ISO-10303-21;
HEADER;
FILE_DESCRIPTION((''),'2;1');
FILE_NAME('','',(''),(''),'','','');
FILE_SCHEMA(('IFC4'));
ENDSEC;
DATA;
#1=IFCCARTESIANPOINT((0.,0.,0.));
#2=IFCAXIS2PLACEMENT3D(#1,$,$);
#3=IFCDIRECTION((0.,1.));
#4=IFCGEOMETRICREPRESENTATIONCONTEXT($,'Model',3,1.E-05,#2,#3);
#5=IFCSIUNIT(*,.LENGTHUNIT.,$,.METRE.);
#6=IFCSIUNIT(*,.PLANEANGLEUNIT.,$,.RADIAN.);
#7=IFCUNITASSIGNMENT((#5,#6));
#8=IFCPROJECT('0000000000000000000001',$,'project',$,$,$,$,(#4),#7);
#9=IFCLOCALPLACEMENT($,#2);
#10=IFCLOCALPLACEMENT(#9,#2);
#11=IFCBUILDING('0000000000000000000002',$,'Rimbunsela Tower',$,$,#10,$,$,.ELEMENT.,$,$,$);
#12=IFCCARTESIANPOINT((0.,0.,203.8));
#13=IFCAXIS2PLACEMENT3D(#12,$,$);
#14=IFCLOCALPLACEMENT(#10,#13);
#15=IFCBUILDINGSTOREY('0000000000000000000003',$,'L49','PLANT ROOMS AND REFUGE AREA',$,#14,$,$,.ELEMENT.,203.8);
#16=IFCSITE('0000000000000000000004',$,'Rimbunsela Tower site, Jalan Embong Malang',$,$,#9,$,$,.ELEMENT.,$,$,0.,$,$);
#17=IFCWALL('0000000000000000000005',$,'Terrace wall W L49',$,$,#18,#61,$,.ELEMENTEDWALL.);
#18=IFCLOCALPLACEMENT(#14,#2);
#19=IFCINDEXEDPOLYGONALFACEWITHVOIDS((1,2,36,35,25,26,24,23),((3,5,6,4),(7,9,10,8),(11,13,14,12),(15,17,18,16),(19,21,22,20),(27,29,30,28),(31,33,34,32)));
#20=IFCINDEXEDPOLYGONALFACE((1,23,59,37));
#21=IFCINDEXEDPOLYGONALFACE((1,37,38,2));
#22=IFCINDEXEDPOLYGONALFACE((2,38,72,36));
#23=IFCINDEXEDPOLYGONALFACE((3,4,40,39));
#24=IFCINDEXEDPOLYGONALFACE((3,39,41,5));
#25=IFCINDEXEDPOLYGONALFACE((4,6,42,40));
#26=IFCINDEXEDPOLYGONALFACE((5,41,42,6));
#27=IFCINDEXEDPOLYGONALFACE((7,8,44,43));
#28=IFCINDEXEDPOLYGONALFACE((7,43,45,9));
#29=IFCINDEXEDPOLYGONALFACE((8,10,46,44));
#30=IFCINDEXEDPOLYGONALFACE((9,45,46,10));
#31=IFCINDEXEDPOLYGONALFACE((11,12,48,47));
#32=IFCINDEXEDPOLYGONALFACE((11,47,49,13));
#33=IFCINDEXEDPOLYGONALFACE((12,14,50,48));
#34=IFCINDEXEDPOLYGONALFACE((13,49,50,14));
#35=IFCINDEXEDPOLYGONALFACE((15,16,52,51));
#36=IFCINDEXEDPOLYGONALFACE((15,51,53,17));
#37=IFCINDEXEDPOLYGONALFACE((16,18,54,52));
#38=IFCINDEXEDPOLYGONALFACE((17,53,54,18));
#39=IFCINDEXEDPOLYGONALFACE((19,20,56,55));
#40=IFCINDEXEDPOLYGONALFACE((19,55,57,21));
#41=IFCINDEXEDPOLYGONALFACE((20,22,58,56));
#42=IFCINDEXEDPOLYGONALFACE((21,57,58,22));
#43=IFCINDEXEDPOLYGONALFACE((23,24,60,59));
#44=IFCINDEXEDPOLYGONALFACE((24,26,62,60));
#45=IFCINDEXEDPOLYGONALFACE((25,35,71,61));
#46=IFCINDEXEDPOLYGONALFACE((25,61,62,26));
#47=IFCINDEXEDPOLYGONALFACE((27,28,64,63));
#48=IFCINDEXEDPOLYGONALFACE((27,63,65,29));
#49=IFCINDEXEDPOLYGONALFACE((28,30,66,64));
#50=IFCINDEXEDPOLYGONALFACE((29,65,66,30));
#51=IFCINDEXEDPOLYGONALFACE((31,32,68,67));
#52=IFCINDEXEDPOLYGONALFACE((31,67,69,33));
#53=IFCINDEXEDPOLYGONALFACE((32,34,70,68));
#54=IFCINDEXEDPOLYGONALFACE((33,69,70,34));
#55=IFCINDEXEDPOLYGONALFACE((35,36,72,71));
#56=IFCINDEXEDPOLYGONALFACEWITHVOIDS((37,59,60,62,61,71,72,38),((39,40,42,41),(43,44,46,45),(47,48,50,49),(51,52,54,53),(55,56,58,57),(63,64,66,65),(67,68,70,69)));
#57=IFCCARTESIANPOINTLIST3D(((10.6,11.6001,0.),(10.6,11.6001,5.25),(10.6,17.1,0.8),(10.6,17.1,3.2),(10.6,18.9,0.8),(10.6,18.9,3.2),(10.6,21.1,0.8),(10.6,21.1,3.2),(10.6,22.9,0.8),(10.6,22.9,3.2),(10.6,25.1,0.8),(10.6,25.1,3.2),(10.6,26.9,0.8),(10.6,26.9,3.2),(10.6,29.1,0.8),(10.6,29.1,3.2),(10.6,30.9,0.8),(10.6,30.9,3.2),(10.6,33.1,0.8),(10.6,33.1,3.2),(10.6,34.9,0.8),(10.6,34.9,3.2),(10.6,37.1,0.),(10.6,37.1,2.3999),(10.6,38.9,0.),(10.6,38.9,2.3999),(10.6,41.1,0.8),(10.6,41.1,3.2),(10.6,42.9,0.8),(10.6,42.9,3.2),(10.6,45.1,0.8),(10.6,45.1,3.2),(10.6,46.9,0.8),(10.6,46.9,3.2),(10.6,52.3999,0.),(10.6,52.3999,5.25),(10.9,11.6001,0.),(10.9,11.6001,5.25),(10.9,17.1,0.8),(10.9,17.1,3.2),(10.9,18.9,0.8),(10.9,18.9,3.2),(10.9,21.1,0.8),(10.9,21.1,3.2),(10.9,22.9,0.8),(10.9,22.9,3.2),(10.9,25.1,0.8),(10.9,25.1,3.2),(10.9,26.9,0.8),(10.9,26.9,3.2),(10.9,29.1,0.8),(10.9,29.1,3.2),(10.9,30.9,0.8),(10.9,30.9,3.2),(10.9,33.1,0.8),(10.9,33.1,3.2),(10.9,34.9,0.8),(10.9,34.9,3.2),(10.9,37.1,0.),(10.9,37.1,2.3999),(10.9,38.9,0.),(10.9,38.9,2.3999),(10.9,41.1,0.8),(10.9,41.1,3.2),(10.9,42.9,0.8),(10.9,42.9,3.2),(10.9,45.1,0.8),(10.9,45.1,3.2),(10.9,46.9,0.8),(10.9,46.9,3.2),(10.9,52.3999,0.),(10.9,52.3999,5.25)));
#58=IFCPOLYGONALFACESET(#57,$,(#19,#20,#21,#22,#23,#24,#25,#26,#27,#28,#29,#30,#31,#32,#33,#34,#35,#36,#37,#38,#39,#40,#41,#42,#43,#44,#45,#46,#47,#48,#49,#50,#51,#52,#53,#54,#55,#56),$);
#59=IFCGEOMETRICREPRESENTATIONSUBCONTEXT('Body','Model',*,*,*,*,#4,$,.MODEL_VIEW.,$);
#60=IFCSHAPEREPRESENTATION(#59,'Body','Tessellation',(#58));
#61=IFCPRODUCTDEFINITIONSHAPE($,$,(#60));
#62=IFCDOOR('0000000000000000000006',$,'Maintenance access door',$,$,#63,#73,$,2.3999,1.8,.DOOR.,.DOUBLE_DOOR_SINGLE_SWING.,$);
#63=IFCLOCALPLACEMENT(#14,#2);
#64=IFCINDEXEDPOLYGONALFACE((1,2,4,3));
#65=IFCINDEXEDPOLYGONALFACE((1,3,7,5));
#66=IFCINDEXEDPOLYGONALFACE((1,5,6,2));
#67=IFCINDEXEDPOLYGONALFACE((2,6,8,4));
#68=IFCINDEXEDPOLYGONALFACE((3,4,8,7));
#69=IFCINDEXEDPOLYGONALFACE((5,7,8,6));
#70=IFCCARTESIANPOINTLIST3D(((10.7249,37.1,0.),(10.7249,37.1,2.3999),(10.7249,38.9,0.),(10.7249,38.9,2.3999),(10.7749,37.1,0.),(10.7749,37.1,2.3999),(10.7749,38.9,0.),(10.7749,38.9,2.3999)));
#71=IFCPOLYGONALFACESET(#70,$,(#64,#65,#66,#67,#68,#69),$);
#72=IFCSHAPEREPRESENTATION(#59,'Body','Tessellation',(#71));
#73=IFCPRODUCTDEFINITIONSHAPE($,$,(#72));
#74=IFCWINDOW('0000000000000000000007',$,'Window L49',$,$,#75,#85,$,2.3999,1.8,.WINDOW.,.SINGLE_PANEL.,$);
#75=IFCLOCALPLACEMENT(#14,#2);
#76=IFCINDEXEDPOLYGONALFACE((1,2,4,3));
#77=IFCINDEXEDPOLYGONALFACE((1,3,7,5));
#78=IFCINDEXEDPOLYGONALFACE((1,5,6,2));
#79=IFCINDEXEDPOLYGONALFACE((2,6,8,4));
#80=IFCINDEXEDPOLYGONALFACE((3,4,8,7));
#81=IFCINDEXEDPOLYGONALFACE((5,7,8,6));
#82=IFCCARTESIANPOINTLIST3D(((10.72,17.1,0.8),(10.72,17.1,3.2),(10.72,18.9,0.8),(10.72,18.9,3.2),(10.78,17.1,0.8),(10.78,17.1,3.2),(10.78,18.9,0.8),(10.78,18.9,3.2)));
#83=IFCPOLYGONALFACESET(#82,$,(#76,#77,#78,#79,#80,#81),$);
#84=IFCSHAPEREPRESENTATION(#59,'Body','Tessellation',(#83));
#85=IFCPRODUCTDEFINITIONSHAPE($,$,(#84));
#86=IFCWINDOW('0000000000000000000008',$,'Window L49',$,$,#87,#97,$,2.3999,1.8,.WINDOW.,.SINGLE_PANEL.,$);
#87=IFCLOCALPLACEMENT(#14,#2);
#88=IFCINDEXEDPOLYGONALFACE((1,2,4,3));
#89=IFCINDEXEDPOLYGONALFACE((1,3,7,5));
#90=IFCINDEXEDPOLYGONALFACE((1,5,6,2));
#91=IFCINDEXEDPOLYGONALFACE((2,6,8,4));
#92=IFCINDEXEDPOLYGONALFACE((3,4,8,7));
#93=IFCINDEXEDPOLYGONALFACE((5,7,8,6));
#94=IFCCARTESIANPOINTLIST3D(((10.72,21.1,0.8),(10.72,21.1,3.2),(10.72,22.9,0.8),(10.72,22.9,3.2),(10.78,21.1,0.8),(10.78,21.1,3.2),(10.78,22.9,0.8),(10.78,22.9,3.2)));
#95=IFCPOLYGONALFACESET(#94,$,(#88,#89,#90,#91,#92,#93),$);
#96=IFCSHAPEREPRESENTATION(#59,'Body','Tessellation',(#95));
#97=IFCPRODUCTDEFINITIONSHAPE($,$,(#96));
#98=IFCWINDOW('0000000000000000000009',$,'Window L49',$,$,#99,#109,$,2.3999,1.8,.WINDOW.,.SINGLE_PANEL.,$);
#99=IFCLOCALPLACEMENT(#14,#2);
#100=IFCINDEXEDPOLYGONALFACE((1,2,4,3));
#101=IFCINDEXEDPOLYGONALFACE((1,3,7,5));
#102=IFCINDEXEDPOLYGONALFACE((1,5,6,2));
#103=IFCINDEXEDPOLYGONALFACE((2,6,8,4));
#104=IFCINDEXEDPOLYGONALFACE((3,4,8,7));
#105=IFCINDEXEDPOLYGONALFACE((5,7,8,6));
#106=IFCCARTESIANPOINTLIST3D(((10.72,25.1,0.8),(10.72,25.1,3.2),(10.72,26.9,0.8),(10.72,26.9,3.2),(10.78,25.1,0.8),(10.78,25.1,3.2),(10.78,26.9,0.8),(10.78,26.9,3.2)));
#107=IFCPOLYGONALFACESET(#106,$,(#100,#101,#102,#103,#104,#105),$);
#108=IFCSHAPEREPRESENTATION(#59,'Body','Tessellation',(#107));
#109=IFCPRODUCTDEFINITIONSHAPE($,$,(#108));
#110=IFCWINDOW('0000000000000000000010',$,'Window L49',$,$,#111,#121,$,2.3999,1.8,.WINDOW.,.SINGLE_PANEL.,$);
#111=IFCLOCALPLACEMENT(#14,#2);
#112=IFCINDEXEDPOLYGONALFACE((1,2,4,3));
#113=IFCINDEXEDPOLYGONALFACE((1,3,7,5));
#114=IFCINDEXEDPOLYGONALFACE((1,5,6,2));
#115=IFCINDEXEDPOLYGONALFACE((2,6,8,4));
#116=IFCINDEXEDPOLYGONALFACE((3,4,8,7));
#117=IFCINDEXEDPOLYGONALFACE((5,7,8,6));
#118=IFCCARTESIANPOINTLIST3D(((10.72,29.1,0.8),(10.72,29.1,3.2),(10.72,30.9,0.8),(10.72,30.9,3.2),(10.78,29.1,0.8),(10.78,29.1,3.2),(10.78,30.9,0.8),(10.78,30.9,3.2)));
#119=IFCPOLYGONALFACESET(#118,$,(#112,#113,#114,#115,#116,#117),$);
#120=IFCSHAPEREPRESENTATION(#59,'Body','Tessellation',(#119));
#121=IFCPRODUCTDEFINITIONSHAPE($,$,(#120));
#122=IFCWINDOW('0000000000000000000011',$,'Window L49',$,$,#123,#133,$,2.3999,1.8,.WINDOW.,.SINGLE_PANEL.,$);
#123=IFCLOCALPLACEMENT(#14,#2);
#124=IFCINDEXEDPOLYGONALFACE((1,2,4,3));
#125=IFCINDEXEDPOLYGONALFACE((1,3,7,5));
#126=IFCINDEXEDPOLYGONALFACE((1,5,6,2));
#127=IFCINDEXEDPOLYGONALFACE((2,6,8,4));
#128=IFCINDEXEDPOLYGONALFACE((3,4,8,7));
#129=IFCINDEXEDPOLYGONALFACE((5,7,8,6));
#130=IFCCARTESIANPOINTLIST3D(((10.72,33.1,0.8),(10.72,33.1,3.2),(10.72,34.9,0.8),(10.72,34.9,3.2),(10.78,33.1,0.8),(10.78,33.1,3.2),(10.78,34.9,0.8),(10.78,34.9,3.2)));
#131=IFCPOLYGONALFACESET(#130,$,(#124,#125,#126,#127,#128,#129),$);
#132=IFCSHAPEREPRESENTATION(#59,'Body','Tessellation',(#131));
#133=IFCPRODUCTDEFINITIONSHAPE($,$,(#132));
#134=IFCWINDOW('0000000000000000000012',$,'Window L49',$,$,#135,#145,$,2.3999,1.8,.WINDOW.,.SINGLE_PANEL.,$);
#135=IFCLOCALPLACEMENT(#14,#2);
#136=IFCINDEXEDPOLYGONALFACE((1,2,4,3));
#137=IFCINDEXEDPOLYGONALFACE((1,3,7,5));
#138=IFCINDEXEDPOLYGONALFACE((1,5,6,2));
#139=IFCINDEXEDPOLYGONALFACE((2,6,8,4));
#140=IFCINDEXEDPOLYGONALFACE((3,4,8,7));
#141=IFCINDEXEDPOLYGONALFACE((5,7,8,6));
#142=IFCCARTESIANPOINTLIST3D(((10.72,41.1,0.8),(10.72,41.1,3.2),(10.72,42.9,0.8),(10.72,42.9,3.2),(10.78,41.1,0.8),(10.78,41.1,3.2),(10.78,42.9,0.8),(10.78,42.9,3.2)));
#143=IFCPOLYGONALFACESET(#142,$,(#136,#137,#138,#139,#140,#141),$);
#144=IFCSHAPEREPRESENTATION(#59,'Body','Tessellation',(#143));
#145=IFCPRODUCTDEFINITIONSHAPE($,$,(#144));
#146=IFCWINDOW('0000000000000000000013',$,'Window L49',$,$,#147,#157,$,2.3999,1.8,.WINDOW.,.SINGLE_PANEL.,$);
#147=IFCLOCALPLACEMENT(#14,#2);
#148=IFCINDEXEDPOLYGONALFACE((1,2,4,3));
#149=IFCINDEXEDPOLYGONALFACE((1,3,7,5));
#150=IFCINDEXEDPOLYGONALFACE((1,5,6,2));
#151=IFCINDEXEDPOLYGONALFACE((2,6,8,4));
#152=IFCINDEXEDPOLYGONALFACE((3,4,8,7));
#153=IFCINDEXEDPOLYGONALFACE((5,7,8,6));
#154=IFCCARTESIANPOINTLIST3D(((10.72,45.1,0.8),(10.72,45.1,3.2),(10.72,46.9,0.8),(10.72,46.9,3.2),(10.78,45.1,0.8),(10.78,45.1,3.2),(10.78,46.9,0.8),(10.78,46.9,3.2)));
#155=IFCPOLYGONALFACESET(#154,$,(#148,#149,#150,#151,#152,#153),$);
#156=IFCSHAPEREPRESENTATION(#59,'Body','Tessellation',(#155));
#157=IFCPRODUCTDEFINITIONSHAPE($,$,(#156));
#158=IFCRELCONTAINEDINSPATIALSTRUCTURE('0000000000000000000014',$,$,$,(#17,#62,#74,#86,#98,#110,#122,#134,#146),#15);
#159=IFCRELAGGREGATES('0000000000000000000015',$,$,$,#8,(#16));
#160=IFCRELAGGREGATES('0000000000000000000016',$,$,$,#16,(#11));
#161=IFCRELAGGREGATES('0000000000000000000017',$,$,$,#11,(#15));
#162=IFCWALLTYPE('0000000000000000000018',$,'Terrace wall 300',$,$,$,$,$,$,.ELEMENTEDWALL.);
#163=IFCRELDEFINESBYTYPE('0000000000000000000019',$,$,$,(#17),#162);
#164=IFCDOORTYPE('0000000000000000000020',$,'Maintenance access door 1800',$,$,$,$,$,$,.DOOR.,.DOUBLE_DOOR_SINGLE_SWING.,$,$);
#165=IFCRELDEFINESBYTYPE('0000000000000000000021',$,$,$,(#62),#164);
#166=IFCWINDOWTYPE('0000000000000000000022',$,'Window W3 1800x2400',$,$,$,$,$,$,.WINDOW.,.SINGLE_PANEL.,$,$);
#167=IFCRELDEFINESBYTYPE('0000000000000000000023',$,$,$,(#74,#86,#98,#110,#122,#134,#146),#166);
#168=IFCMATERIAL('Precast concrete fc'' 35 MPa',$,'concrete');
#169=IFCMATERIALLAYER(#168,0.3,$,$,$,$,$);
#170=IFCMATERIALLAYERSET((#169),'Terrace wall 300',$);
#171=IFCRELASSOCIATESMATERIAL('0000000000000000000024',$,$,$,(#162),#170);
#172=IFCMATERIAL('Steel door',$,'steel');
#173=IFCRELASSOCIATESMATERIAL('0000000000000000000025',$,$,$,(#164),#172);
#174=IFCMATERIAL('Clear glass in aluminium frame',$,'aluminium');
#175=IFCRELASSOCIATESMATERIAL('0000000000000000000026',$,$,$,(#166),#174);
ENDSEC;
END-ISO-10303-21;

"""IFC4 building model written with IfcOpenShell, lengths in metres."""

from ifc_helpers import new_model, si_unit, direction, frame, frame_2d, origin, place, context, subcontext, project, spatial, rectangle, extrude, material, layer, layer_set, type_object, element, fill, save


model = new_model("IFC4")

# Units and contexts
model_context = context("Model", 3, precision=1e-05, world=origin(), true_north=direction((0.0, 1.0)))
body_context = subcontext(model_context, "Body", "Model", "MODEL_VIEW")
ifc_project = project(units=[si_unit("LENGTHUNIT", "METRE"), si_unit("PLANEANGLEUNIT", "RADIAN")], contexts=[model_context])

# Site, building, storey
site_placement = place(None, origin())
site = spatial("IfcSite", under=ifc_project, at=site_placement, Name="Rimbunsela Tower site, Jalan Embong Malang", CompositionType="ELEMENT", RefElevation=0.0)
building_placement = place(site_placement, origin())
building = spatial("IfcBuilding", under=site, at=building_placement, Name="Rimbunsela Tower", CompositionType="ELEMENT")
storey_placement = place(building_placement, frame((0.0, 0.0, 203.8)))
storey = spatial("IfcBuildingStorey", under=building, at=storey_placement, Name="L49", Description="PLANT ROOMS AND REFUGE AREA", CompositionType="ELEMENT", Elevation=203.8)

# Wall, openings, door, windows
ifc_material_1 = material(Name="Precast concrete fc' 35 MPa", Category="concrete")
ifc_layer_1 = layer(ifc_material_1, 0.3)
ifc_layer_set_1 = layer_set([ifc_layer_1], Name="Terrace wall 300")
wall_type = type_object("IfcWallType", Name="Terrace wall 300", PredefinedType="ELEMENTEDWALL", material=ifc_layer_set_1)
wall_placement = place(storey_placement, frame((10.75, 52.3999, 0.0), z_axis=(0.0, 0.0, 1.0), x_axis=(0.0, -1.0, 0.0)))
wall = element("IfcWall", 1, at=wall_placement, inside=storey, type_object=wall_type, Name="Terrace wall W L49", PredefinedType="ELEMENTEDWALL", context=body_context, shape_type="SweptSolid", body=[
    extrude(rectangle(XDim=40.7998, YDim=0.3, at=frame_2d((20.3999, 0.0))), origin(), (0.0, 0.0, 1.0), 5.25),
])
opening_1_placement = place(wall_placement, frame((33.5, 0.0, 0.8)))
opening_1 = element("IfcOpeningElement", 2, at=opening_1_placement, cuts=wall, PredefinedType="OPENING", context=body_context, shape_type="SweptSolid", body=[
    extrude(rectangle(XDim=1.8, YDim=2.3999, at=frame_2d((0.8999, 1.2))), frame((0.0, 0.1599, 0.0), z_axis=(0.0, -1.0, 0.0), x_axis=(1.0, 0.0, 0.0)), (0.0, 0.0, 1.0), 0.3201),
])
opening_2_placement = place(wall_placement, frame((29.5, 0.0, 0.8)))
opening_2 = element("IfcOpeningElement", 3, at=opening_2_placement, cuts=wall, PredefinedType="OPENING", context=body_context, shape_type="SweptSolid", body=[
    extrude(rectangle(XDim=1.8, YDim=2.3999, at=frame_2d((0.8999, 1.2))), frame((0.0, 0.1599, 0.0), z_axis=(0.0, -1.0, 0.0), x_axis=(1.0, 0.0, 0.0)), (0.0, 0.0, 1.0), 0.3201),
])
opening_3_placement = place(wall_placement, frame((25.5, 0.0, 0.8)))
opening_3 = element("IfcOpeningElement", 4, at=opening_3_placement, cuts=wall, PredefinedType="OPENING", context=body_context, shape_type="SweptSolid", body=[
    extrude(rectangle(XDim=1.8, YDim=2.3999, at=frame_2d((0.8999, 1.2))), frame((0.0, 0.1599, 0.0), z_axis=(0.0, -1.0, 0.0), x_axis=(1.0, 0.0, 0.0)), (0.0, 0.0, 1.0), 0.3201),
])
opening_4_placement = place(wall_placement, frame((21.5, 0.0, 0.8)))
opening_4 = element("IfcOpeningElement", 5, at=opening_4_placement, cuts=wall, PredefinedType="OPENING", context=body_context, shape_type="SweptSolid", body=[
    extrude(rectangle(XDim=1.8, YDim=2.3999, at=frame_2d((0.8999, 1.2))), frame((0.0, 0.1599, 0.0), z_axis=(0.0, -1.0, 0.0), x_axis=(1.0, 0.0, 0.0)), (0.0, 0.0, 1.0), 0.3201),
])
opening_5_placement = place(wall_placement, frame((17.5, 0.0, 0.8)))
opening_5 = element("IfcOpeningElement", 6, at=opening_5_placement, cuts=wall, PredefinedType="OPENING", context=body_context, shape_type="SweptSolid", body=[
    extrude(rectangle(XDim=1.8, YDim=2.3999, at=frame_2d((0.8999, 1.2))), frame((0.0, 0.1599, 0.0), z_axis=(0.0, -1.0, 0.0), x_axis=(1.0, 0.0, 0.0)), (0.0, 0.0, 1.0), 0.3201),
])
opening_6_placement = place(wall_placement, frame((13.5, 0.0, 0.0)))
opening_6 = element("IfcOpeningElement", 7, at=opening_6_placement, cuts=wall, PredefinedType="OPENING", context=body_context, shape_type="SweptSolid", body=[
    extrude(rectangle(XDim=1.8, YDim=2.3999, at=frame_2d((0.8999, 1.2))), frame((0.0, 0.1599, 0.0), z_axis=(0.0, -1.0, 0.0), x_axis=(1.0, 0.0, 0.0)), (0.0, 0.0, 1.0), 0.3201),
])
opening_7_placement = place(wall_placement, frame((9.5, 0.0, 0.8)))
opening_7 = element("IfcOpeningElement", 8, at=opening_7_placement, cuts=wall, PredefinedType="OPENING", context=body_context, shape_type="SweptSolid", body=[
    extrude(rectangle(XDim=1.8, YDim=2.3999, at=frame_2d((0.8999, 1.2))), frame((0.0, 0.1599, 0.0), z_axis=(0.0, -1.0, 0.0), x_axis=(1.0, 0.0, 0.0)), (0.0, 0.0, 1.0), 0.3201),
])
opening_8_placement = place(wall_placement, frame((5.5, 0.0, 0.8)))
opening_8 = element("IfcOpeningElement", 9, at=opening_8_placement, cuts=wall, PredefinedType="OPENING", context=body_context, shape_type="SweptSolid", body=[
    extrude(rectangle(XDim=1.8, YDim=2.3999, at=frame_2d((0.8999, 1.2))), frame((0.0, 0.1599, 0.0), z_axis=(0.0, -1.0, 0.0), x_axis=(1.0, 0.0, 0.0)), (0.0, 0.0, 1.0), 0.3201),
])
ifc_material_2 = material(Name="Steel door", Category="steel")
door_type = type_object("IfcDoorType", Name="Maintenance access door 1800", OperationType="DOUBLE_DOOR_SINGLE_SWING", PredefinedType="DOOR", material=ifc_material_2)
door_placement = place(opening_6_placement, origin())
door = element("IfcDoor", 10, at=door_placement, inside=storey, type_object=door_type, Name="Maintenance access door", OperationType="DOUBLE_DOOR_SINGLE_SWING", OverallHeight=2.3999, OverallWidth=1.8, PredefinedType="DOOR", context=body_context, shape_type="SweptSolid", body=[
    extrude(rectangle(XDim=1.8, YDim=2.3999, at=frame_2d((0.8999, 1.2))), frame((0.0, 0.0249, 0.0), z_axis=(0.0, -1.0, 0.0), x_axis=(1.0, 0.0, 0.0)), (0.0, 0.0, 1.0), 0.05),
])
fill(opening_6, door)
ifc_material_3 = material(Name="Clear glass in aluminium frame", Category="aluminium")
window_type = type_object("IfcWindowType", Name="Window W3 1800x2400", PartitioningType="SINGLE_PANEL", PredefinedType="WINDOW", material=ifc_material_3)
window_1_placement = place(opening_1_placement, origin())
window_1 = element("IfcWindow", 11, at=window_1_placement, inside=storey, type_object=window_type, Name="Window L49", OverallHeight=2.3999, OverallWidth=1.8, PartitioningType="SINGLE_PANEL", PredefinedType="WINDOW", context=body_context, shape_type="SweptSolid", body=[
    extrude(rectangle(XDim=1.8, YDim=2.3999, at=frame_2d((0.8999, 1.2))), frame((0.0, 0.03, 0.0), z_axis=(0.0, -1.0, 0.0), x_axis=(1.0, 0.0, 0.0)), (0.0, 0.0, 1.0), 0.0601),
])
fill(opening_1, window_1)
window_2_placement = place(opening_2_placement, origin())
window_2 = element("IfcWindow", 12, at=window_2_placement, inside=storey, type_object=window_type, Name="Window L49", OverallHeight=2.3999, OverallWidth=1.8, PartitioningType="SINGLE_PANEL", PredefinedType="WINDOW", context=body_context, shape_type="SweptSolid", body=[
    extrude(rectangle(XDim=1.8, YDim=2.3999, at=frame_2d((0.8999, 1.2))), frame((0.0, 0.03, 0.0), z_axis=(0.0, -1.0, 0.0), x_axis=(1.0, 0.0, 0.0)), (0.0, 0.0, 1.0), 0.0601),
])
fill(opening_2, window_2)
window_3_placement = place(opening_3_placement, origin())
window_3 = element("IfcWindow", 13, at=window_3_placement, inside=storey, type_object=window_type, Name="Window L49", OverallHeight=2.3999, OverallWidth=1.8, PartitioningType="SINGLE_PANEL", PredefinedType="WINDOW", context=body_context, shape_type="SweptSolid", body=[
    extrude(rectangle(XDim=1.8, YDim=2.3999, at=frame_2d((0.8999, 1.2))), frame((0.0, 0.03, 0.0), z_axis=(0.0, -1.0, 0.0), x_axis=(1.0, 0.0, 0.0)), (0.0, 0.0, 1.0), 0.0601),
])
fill(opening_3, window_3)
window_4_placement = place(opening_4_placement, origin())
window_4 = element("IfcWindow", 14, at=window_4_placement, inside=storey, type_object=window_type, Name="Window L49", OverallHeight=2.3999, OverallWidth=1.8, PartitioningType="SINGLE_PANEL", PredefinedType="WINDOW", context=body_context, shape_type="SweptSolid", body=[
    extrude(rectangle(XDim=1.8, YDim=2.3999, at=frame_2d((0.8999, 1.2))), frame((0.0, 0.03, 0.0), z_axis=(0.0, -1.0, 0.0), x_axis=(1.0, 0.0, 0.0)), (0.0, 0.0, 1.0), 0.0601),
])
fill(opening_4, window_4)
window_5_placement = place(opening_5_placement, origin())
window_5 = element("IfcWindow", 15, at=window_5_placement, inside=storey, type_object=window_type, Name="Window L49", OverallHeight=2.3999, OverallWidth=1.8, PartitioningType="SINGLE_PANEL", PredefinedType="WINDOW", context=body_context, shape_type="SweptSolid", body=[
    extrude(rectangle(XDim=1.8, YDim=2.3999, at=frame_2d((0.8999, 1.2))), frame((0.0, 0.03, 0.0), z_axis=(0.0, -1.0, 0.0), x_axis=(1.0, 0.0, 0.0)), (0.0, 0.0, 1.0), 0.0601),
])
fill(opening_5, window_5)
window_6_placement = place(opening_7_placement, origin())
window_6 = element("IfcWindow", 16, at=window_6_placement, inside=storey, type_object=window_type, Name="Window L49", OverallHeight=2.3999, OverallWidth=1.8, PartitioningType="SINGLE_PANEL", PredefinedType="WINDOW", context=body_context, shape_type="SweptSolid", body=[
    extrude(rectangle(XDim=1.8, YDim=2.3999, at=frame_2d((0.8999, 1.2))), frame((0.0, 0.03, 0.0), z_axis=(0.0, -1.0, 0.0), x_axis=(1.0, 0.0, 0.0)), (0.0, 0.0, 1.0), 0.0601),
])
fill(opening_7, window_6)
window_7_placement = place(opening_8_placement, origin())
window_7 = element("IfcWindow", 17, at=window_7_placement, inside=storey, type_object=window_type, Name="Window L49", OverallHeight=2.3999, OverallWidth=1.8, PartitioningType="SINGLE_PANEL", PredefinedType="WINDOW", context=body_context, shape_type="SweptSolid", body=[
    extrude(rectangle(XDim=1.8, YDim=2.3999, at=frame_2d((0.8999, 1.2))), frame((0.0, 0.03, 0.0), z_axis=(0.0, -1.0, 0.0), x_axis=(1.0, 0.0, 0.0)), (0.0, 0.0, 1.0), 0.0601),
])
fill(opening_8, window_7)

save(model, "model.ifc")
